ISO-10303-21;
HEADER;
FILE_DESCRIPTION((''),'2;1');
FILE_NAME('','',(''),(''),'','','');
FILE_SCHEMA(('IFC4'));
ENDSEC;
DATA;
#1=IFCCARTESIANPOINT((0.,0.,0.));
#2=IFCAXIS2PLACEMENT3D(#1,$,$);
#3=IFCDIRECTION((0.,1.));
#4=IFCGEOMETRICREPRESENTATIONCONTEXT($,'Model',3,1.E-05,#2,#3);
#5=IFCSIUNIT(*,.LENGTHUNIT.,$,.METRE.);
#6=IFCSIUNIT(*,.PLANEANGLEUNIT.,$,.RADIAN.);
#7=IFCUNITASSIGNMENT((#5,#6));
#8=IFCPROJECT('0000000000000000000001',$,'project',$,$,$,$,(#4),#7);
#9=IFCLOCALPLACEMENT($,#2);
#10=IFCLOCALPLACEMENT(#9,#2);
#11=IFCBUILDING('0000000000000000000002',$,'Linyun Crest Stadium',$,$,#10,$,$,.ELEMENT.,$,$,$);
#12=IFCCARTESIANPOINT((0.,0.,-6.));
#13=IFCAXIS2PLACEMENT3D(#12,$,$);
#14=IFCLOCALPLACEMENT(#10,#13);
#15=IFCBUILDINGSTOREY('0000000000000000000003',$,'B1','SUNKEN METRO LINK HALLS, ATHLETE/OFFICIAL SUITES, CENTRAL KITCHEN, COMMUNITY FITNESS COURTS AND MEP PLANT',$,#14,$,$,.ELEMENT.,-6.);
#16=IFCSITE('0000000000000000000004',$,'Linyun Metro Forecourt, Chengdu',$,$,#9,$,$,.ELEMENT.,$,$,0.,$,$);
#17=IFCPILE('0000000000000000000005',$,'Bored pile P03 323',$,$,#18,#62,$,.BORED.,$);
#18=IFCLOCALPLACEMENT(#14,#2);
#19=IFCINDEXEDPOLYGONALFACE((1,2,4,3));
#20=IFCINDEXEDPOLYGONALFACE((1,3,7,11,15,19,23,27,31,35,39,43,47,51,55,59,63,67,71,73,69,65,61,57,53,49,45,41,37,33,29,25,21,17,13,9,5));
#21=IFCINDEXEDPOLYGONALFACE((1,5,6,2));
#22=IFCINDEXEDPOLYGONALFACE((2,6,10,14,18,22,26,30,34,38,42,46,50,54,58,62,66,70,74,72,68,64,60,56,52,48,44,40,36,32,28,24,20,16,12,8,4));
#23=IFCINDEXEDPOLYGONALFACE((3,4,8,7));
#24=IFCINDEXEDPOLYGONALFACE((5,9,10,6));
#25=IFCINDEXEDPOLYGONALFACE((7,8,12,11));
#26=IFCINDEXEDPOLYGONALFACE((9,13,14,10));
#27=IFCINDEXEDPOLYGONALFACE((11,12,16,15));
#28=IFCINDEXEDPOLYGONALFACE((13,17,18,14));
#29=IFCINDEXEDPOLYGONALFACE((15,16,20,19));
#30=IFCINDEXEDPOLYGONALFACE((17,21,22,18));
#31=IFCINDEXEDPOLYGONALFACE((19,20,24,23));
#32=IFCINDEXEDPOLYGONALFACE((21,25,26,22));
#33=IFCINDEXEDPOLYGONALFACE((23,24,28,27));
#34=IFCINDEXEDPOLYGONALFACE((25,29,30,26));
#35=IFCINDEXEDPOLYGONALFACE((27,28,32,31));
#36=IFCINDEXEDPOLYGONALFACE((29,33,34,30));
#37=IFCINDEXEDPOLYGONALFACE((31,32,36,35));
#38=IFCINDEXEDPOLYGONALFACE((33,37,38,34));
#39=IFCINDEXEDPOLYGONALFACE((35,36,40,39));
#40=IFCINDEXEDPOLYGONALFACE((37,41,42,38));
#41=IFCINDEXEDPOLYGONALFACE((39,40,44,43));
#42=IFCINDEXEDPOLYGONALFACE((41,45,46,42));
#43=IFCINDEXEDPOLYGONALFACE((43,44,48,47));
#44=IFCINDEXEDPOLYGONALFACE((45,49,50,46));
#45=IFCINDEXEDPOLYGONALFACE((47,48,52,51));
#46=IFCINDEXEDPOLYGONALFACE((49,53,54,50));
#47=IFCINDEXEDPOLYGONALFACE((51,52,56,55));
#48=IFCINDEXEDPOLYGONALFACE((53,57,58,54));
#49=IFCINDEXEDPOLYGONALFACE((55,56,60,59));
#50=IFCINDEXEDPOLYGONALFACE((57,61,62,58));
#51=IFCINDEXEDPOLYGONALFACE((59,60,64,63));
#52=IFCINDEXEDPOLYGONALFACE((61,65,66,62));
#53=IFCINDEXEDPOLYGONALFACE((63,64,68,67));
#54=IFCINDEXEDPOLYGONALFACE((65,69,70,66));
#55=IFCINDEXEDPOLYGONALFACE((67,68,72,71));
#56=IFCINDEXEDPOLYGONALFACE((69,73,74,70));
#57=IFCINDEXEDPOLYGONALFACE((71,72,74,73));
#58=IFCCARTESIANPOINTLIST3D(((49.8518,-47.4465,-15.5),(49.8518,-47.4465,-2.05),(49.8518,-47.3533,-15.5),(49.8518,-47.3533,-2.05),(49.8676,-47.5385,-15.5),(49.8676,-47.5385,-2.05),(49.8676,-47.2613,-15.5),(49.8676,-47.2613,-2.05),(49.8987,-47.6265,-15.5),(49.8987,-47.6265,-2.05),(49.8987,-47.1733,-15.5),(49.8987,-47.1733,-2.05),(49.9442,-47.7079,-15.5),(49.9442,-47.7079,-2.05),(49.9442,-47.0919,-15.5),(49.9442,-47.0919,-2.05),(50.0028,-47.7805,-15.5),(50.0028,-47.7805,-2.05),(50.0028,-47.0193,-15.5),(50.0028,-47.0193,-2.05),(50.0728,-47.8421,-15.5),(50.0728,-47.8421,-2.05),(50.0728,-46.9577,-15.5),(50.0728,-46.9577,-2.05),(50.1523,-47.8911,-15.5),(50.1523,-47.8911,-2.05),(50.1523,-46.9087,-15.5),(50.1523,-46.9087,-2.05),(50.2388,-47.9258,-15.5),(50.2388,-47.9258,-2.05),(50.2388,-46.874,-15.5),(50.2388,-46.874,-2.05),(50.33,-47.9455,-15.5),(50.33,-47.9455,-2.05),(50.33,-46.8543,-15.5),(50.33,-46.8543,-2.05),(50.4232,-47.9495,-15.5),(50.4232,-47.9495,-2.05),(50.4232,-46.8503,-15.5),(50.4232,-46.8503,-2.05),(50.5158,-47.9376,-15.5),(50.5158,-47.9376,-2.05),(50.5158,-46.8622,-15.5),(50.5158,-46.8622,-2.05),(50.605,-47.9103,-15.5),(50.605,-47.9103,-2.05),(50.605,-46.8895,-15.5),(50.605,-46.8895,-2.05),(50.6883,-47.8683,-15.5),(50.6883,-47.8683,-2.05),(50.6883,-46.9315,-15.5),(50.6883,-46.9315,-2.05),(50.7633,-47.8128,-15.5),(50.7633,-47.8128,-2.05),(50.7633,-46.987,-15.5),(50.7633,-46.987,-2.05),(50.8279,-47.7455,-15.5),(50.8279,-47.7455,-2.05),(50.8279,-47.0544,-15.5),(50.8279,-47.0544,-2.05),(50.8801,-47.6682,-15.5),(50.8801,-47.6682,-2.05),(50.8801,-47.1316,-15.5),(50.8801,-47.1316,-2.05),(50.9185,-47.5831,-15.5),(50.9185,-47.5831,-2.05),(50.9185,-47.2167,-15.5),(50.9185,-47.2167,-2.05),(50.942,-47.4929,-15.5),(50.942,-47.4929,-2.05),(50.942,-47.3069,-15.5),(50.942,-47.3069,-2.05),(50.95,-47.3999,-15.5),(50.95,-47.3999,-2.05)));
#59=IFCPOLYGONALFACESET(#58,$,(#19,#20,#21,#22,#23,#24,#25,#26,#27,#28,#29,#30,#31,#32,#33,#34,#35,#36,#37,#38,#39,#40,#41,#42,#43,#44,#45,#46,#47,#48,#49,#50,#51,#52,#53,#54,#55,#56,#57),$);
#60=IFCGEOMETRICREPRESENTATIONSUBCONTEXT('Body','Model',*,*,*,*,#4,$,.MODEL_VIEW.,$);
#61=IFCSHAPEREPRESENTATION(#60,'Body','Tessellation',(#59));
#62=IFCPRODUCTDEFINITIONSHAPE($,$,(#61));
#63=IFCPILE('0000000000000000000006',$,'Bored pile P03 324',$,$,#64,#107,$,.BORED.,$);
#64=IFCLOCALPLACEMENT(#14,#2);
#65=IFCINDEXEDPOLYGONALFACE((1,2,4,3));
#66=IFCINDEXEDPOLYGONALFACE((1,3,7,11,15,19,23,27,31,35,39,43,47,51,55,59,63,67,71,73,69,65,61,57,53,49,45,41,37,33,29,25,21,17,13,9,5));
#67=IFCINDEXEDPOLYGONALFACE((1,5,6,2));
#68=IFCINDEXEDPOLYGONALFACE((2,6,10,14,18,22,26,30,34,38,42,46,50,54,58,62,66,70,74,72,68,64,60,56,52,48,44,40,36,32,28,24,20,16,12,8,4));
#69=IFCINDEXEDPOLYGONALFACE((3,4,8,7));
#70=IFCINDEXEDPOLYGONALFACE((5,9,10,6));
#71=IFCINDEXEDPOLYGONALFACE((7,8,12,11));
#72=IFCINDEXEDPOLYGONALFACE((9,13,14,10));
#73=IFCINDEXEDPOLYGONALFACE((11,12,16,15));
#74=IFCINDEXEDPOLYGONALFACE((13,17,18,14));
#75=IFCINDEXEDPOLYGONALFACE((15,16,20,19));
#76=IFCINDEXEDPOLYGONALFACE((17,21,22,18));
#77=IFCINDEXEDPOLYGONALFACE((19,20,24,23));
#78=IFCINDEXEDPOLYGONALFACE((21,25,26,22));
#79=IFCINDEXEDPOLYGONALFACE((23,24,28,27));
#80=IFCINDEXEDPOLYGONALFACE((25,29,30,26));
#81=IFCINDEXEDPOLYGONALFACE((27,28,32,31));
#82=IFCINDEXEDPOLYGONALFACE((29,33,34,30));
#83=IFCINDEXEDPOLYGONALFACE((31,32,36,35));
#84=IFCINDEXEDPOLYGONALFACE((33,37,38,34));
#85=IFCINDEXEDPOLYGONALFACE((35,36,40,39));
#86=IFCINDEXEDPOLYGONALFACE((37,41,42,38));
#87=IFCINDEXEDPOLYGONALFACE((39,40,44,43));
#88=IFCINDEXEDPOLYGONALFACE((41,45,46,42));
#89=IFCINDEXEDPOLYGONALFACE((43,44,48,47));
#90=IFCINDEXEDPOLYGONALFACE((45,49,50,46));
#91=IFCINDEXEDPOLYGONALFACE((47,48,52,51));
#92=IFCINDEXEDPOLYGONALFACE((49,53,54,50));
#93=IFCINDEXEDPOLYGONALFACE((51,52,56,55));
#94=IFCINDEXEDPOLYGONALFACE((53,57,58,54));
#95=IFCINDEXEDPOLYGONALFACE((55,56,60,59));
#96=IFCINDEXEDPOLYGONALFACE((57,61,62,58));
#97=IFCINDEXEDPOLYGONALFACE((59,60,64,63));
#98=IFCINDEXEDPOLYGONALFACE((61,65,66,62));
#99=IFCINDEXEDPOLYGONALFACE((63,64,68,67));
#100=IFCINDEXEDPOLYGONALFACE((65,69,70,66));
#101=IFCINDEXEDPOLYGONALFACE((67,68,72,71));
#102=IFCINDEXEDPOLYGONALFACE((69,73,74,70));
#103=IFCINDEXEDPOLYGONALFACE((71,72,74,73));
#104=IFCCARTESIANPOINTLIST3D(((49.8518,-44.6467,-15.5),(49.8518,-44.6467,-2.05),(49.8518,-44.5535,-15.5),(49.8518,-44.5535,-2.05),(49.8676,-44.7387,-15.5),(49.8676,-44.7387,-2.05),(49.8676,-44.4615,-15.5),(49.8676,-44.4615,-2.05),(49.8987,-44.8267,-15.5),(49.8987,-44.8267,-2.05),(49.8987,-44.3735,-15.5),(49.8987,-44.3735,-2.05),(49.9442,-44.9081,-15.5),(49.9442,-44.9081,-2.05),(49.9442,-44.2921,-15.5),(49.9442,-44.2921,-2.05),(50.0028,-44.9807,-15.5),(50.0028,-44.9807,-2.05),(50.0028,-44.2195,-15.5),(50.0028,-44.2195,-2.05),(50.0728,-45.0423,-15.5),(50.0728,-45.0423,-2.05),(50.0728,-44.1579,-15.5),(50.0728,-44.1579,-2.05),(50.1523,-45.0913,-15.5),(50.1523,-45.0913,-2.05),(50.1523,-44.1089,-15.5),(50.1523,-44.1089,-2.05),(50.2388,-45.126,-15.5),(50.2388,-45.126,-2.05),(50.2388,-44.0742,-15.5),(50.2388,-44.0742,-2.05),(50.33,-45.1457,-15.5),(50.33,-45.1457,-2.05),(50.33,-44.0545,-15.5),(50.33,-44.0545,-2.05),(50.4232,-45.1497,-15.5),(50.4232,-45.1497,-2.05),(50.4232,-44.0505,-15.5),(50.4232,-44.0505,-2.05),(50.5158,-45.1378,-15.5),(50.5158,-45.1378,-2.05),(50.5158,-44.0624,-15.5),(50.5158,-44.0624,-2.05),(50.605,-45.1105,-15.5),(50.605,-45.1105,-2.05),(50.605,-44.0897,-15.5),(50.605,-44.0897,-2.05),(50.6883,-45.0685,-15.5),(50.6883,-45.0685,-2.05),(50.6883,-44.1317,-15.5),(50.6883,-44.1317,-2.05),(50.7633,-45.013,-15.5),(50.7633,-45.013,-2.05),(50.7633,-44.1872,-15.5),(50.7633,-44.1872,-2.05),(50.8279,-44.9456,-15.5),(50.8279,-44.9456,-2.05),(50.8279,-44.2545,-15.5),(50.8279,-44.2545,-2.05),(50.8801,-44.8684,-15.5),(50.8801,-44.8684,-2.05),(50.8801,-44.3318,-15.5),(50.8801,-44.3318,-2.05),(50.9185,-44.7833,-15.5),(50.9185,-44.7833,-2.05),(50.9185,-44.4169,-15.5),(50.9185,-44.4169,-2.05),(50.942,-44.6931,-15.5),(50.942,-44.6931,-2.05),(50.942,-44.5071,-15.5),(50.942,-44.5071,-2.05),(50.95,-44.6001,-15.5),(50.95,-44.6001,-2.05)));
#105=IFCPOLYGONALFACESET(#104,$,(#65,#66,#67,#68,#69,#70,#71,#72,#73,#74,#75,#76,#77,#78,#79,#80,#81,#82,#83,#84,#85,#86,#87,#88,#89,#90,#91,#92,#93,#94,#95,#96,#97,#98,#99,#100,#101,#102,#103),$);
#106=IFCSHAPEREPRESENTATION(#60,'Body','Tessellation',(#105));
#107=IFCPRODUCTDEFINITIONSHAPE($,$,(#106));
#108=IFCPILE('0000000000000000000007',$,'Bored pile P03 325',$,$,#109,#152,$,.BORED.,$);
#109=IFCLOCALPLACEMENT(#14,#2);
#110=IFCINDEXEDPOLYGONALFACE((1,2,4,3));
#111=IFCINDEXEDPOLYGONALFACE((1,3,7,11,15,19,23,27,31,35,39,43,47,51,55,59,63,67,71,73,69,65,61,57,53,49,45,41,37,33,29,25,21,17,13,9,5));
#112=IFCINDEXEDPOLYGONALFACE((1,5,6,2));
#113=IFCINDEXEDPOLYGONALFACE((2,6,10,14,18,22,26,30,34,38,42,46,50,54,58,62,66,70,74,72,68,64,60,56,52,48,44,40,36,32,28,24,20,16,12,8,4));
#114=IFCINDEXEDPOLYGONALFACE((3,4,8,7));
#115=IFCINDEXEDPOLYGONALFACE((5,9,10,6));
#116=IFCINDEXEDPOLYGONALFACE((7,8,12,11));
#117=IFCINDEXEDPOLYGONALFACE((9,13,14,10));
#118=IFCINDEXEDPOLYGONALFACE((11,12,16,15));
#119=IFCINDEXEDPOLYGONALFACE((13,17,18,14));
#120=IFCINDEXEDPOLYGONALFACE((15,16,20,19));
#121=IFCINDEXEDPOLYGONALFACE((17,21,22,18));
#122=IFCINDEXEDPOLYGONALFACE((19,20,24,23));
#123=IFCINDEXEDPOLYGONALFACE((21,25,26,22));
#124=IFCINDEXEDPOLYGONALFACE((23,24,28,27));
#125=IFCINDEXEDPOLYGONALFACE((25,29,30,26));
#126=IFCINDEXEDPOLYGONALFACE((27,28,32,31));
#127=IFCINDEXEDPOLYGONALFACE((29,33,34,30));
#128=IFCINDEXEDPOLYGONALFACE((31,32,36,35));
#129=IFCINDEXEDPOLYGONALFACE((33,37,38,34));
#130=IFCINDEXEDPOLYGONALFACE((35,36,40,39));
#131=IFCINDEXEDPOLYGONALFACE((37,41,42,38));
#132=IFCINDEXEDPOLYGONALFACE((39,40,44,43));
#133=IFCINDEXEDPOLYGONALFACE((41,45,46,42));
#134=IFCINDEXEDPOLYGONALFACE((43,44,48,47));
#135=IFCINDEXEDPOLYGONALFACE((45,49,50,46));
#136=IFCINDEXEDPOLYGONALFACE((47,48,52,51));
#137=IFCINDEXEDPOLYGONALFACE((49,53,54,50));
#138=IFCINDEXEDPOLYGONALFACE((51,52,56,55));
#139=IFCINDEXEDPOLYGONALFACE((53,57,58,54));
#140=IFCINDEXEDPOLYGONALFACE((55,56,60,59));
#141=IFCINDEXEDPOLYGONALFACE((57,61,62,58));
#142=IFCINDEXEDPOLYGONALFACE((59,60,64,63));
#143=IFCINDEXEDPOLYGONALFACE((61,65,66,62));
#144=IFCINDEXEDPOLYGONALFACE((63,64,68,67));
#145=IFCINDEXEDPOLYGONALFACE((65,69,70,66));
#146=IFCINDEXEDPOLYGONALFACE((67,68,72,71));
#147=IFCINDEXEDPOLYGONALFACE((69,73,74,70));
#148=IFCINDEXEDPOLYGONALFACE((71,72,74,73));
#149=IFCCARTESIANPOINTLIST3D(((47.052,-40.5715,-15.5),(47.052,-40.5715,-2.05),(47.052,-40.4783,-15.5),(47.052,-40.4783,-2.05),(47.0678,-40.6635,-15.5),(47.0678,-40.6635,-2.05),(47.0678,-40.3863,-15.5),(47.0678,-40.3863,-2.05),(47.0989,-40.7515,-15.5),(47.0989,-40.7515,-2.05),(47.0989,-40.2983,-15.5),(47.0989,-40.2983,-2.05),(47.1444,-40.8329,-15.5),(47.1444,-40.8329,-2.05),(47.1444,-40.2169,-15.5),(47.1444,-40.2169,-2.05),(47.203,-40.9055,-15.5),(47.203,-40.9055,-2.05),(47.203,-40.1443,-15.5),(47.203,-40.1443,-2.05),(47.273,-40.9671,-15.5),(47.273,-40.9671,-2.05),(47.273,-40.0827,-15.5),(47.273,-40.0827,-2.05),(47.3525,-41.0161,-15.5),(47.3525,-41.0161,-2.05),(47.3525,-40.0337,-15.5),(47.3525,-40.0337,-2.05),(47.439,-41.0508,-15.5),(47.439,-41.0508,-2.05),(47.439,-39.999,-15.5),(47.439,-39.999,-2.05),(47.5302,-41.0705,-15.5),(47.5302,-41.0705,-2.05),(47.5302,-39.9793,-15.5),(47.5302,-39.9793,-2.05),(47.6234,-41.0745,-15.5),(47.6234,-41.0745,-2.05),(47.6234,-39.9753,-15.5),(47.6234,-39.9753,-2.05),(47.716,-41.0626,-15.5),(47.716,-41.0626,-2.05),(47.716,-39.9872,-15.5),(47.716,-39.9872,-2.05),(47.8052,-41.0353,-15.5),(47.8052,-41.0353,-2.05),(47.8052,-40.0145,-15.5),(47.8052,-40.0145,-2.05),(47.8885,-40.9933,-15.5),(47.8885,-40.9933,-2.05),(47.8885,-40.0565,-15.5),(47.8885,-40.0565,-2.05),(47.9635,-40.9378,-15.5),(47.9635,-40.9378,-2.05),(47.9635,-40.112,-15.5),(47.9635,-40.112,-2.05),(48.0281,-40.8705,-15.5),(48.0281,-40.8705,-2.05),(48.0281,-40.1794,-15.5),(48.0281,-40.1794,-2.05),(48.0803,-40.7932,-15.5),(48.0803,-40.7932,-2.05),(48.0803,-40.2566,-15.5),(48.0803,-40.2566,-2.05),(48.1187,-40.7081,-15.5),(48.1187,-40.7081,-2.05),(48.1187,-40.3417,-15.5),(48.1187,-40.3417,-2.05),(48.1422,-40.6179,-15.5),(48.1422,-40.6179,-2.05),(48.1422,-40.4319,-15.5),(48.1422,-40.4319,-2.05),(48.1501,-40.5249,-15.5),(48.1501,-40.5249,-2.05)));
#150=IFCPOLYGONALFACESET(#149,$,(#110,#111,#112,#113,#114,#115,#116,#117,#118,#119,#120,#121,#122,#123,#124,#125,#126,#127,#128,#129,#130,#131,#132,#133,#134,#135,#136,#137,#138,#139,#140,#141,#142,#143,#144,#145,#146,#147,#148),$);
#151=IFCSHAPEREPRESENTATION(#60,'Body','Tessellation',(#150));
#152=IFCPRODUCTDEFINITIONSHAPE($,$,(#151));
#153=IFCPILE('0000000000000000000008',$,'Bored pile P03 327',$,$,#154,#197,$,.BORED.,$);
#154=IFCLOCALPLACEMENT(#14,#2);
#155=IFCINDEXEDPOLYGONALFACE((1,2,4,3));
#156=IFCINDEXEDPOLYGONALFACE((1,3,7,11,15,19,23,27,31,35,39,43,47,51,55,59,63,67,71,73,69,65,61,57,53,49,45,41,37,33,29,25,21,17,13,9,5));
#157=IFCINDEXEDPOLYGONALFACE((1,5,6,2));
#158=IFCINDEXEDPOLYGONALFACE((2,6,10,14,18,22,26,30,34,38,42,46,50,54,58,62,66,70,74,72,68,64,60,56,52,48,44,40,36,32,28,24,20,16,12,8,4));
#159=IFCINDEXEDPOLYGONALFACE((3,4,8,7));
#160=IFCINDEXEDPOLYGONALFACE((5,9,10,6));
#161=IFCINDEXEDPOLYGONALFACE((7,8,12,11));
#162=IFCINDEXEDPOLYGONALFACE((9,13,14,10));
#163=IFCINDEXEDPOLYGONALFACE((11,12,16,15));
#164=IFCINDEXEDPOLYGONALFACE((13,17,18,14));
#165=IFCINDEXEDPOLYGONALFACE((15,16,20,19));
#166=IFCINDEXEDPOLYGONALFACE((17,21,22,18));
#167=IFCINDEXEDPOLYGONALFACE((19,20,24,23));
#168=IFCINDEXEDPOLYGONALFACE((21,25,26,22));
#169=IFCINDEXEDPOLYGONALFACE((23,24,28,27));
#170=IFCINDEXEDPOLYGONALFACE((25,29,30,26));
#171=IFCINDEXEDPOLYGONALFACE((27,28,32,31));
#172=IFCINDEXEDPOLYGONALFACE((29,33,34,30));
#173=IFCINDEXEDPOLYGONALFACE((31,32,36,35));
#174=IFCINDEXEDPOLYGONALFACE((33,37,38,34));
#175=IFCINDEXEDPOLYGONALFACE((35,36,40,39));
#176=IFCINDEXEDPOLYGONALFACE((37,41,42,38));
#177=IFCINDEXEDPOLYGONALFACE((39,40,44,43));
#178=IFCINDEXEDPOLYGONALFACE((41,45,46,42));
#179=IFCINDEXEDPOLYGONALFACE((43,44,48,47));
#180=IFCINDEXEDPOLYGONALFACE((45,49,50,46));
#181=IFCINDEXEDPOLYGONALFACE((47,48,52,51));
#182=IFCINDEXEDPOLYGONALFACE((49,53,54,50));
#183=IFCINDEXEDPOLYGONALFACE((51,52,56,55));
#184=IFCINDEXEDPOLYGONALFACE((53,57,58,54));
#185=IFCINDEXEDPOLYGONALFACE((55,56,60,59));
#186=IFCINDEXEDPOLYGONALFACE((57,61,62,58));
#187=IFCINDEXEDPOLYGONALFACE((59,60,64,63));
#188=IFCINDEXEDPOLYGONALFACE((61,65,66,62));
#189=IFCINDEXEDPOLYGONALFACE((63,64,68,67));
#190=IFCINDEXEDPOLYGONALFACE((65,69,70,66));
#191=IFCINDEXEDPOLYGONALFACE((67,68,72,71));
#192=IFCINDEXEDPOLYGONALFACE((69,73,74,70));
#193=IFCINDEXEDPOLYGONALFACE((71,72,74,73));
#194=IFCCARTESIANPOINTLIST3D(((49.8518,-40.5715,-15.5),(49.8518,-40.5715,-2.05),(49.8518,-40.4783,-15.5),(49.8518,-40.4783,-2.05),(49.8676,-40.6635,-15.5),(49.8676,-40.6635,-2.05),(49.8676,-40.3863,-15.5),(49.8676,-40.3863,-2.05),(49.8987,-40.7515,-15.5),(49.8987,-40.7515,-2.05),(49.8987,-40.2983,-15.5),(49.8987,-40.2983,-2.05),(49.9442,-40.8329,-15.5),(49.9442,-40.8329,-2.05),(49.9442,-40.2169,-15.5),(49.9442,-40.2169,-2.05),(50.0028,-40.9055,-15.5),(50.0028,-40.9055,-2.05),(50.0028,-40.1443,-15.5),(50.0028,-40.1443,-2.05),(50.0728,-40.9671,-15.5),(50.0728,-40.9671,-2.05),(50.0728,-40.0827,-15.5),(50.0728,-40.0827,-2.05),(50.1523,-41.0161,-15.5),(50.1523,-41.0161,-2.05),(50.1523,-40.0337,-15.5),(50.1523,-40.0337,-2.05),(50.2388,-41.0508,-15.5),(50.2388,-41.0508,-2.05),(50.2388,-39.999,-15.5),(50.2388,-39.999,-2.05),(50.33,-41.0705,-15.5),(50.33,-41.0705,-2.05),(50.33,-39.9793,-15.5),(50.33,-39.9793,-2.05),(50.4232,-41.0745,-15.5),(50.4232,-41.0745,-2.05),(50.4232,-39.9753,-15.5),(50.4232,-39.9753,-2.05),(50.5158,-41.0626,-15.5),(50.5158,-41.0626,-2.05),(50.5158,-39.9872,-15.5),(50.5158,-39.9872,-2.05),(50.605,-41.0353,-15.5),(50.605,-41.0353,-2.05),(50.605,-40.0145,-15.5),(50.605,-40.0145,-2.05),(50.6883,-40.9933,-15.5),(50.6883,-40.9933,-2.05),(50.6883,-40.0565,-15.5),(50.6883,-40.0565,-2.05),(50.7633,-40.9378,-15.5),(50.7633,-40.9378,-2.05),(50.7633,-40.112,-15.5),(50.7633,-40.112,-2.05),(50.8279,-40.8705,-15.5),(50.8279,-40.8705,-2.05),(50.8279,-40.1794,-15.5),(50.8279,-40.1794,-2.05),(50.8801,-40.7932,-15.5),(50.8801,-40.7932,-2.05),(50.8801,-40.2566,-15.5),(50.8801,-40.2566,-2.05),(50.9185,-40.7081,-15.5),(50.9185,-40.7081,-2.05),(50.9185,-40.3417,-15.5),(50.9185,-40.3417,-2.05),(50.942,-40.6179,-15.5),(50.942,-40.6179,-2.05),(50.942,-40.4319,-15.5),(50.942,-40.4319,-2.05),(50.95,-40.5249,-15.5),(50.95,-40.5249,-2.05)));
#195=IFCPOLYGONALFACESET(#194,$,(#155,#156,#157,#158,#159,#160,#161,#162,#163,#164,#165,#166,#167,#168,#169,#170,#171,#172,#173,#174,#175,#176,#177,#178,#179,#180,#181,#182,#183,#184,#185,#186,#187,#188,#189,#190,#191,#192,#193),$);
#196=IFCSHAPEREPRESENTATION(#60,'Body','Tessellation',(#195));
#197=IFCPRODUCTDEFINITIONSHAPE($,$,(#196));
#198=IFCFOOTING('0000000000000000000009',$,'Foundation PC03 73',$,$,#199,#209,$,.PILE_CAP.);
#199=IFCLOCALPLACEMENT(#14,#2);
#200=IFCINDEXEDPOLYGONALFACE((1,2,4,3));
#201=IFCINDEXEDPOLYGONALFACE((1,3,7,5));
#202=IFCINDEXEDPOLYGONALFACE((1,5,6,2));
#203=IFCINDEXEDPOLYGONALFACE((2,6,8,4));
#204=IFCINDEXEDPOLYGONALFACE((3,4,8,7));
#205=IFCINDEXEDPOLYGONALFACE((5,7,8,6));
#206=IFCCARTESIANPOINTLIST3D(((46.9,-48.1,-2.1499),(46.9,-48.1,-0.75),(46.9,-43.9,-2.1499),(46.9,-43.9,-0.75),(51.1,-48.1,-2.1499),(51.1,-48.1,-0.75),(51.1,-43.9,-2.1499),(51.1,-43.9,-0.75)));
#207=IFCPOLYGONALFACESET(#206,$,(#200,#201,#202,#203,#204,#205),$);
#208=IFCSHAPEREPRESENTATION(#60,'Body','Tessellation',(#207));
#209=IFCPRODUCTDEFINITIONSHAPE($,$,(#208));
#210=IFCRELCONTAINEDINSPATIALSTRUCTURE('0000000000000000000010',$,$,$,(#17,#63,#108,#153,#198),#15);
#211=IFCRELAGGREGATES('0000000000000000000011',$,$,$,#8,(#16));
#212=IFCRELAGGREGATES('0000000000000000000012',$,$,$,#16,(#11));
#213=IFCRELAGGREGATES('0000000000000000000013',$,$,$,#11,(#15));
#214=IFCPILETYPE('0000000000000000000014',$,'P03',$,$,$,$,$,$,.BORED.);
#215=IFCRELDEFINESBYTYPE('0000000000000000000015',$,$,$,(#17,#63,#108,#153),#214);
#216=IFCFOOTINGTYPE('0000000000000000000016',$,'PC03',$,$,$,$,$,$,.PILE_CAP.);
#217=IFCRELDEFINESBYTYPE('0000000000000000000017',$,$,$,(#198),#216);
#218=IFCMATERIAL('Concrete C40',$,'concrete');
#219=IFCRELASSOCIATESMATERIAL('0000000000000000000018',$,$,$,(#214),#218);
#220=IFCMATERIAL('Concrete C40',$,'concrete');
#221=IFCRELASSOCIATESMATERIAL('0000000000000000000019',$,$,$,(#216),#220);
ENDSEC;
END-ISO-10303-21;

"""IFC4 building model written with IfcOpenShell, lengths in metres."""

from ifc_helpers import new_model, si_unit, direction, frame, origin, origin_2d, place, context, subcontext, project, spatial, rectangle, circle, extrude, material, material_profile, profile_set, type_object, element, save


model = new_model("IFC4")

# Units and contexts
model_context = context("Model", 3, precision=1e-05, world=origin(), true_north=direction((0.0, 1.0)))
body_context = subcontext(model_context, "Body", "Model", "MODEL_VIEW")
ifc_project = project(units=[si_unit("LENGTHUNIT", "METRE"), si_unit("PLANEANGLEUNIT", "RADIAN")], contexts=[model_context])

# Site, building, storey
site_placement = place(None, origin())
site = spatial("IfcSite", under=ifc_project, at=site_placement, Name="Linyun Metro Forecourt, Chengdu", CompositionType="ELEMENT", RefElevation=0.0)
building_placement = place(site_placement, origin())
building = spatial("IfcBuilding", under=site, at=building_placement, Name="Linyun Crest Stadium", CompositionType="ELEMENT")
storey_placement = place(building_placement, frame((0.0, 0.0, -6.0)))
storey = spatial("IfcBuildingStorey", under=building, at=storey_placement, Name="B1", Description="SUNKEN METRO LINK HALLS, ATHLETE/OFFICIAL SUITES, CENTRAL KITCHEN, COMMUNITY FITNESS COURTS AND MEP PLANT", CompositionType="ELEMENT", Elevation=-6.0)

# Piles
ifc_material_1 = material(Name="Concrete C40", Category="concrete")
ifc_material_profile_1 = material_profile(ifc_material_1, circle(Radius=0.55, at=origin_2d()), Name="BORED PILE 1100")
ifc_profile_set_1 = profile_set([ifc_material_profile_1], Name="Concrete C40")
pile_type = type_object("IfcPileType", Name="P03", PredefinedType="BORED", material=ifc_profile_set_1)
for number, where, z_axis, x_axis, name in (
    (1, (50.3999, -47.3999, -2.05), (0.0, 0.0, -1.0), (1.0, 0.0, 0.0), "Bored pile P03 323"),
    (2, (50.3999, -44.6001, -2.05), (0.0, 0.0, -1.0), (1.0, 0.0, 0.0), "Bored pile P03 324"),
    (3, (47.6001, -40.5249, -2.05), (0.0, 0.0, -1.0), (1.0, 0.0, 0.0), "Bored pile P03 325"),
    (4, (50.3999, -40.5249, -2.05), (0.0, 0.0, -1.0), (1.0, 0.0, 0.0), "Bored pile P03 327"),
):
    element("IfcPile", number, at=place(storey_placement, frame(where, z_axis=z_axis, x_axis=x_axis)), inside=storey, type_object=pile_type, Name=name, PredefinedType="BORED", context=body_context, shape_type="SweptSolid", body=[
        extrude(circle(Radius=0.55, at=origin_2d()), origin(), (0.0, 0.0, 1.0), 13.45),
    ])

# Footing
ifc_material_2 = material(Name="Concrete C40", Category="concrete")
footing_type = type_object("IfcFootingType", Name="PC03", PredefinedType="PILE_CAP", material=ifc_material_2)
for number, where, z_axis, x_axis, name in (
    (5, (49.0, -46.0, -2.1499), (0.0, 0.0, 1.0), (1.0, 0.0, 0.0), "Foundation PC03 73"),
):
    element("IfcFooting", number, at=place(storey_placement, frame(where, z_axis=z_axis, x_axis=x_axis)), inside=storey, type_object=footing_type, Name=name, PredefinedType="PILE_CAP", context=body_context, shape_type="SweptSolid", body=[
        extrude(rectangle(XDim=4.2, YDim=4.2, at=origin_2d()), origin(), (0.0, 0.0, 1.0), 1.3999),
    ])

save(model, "model.ifc")
